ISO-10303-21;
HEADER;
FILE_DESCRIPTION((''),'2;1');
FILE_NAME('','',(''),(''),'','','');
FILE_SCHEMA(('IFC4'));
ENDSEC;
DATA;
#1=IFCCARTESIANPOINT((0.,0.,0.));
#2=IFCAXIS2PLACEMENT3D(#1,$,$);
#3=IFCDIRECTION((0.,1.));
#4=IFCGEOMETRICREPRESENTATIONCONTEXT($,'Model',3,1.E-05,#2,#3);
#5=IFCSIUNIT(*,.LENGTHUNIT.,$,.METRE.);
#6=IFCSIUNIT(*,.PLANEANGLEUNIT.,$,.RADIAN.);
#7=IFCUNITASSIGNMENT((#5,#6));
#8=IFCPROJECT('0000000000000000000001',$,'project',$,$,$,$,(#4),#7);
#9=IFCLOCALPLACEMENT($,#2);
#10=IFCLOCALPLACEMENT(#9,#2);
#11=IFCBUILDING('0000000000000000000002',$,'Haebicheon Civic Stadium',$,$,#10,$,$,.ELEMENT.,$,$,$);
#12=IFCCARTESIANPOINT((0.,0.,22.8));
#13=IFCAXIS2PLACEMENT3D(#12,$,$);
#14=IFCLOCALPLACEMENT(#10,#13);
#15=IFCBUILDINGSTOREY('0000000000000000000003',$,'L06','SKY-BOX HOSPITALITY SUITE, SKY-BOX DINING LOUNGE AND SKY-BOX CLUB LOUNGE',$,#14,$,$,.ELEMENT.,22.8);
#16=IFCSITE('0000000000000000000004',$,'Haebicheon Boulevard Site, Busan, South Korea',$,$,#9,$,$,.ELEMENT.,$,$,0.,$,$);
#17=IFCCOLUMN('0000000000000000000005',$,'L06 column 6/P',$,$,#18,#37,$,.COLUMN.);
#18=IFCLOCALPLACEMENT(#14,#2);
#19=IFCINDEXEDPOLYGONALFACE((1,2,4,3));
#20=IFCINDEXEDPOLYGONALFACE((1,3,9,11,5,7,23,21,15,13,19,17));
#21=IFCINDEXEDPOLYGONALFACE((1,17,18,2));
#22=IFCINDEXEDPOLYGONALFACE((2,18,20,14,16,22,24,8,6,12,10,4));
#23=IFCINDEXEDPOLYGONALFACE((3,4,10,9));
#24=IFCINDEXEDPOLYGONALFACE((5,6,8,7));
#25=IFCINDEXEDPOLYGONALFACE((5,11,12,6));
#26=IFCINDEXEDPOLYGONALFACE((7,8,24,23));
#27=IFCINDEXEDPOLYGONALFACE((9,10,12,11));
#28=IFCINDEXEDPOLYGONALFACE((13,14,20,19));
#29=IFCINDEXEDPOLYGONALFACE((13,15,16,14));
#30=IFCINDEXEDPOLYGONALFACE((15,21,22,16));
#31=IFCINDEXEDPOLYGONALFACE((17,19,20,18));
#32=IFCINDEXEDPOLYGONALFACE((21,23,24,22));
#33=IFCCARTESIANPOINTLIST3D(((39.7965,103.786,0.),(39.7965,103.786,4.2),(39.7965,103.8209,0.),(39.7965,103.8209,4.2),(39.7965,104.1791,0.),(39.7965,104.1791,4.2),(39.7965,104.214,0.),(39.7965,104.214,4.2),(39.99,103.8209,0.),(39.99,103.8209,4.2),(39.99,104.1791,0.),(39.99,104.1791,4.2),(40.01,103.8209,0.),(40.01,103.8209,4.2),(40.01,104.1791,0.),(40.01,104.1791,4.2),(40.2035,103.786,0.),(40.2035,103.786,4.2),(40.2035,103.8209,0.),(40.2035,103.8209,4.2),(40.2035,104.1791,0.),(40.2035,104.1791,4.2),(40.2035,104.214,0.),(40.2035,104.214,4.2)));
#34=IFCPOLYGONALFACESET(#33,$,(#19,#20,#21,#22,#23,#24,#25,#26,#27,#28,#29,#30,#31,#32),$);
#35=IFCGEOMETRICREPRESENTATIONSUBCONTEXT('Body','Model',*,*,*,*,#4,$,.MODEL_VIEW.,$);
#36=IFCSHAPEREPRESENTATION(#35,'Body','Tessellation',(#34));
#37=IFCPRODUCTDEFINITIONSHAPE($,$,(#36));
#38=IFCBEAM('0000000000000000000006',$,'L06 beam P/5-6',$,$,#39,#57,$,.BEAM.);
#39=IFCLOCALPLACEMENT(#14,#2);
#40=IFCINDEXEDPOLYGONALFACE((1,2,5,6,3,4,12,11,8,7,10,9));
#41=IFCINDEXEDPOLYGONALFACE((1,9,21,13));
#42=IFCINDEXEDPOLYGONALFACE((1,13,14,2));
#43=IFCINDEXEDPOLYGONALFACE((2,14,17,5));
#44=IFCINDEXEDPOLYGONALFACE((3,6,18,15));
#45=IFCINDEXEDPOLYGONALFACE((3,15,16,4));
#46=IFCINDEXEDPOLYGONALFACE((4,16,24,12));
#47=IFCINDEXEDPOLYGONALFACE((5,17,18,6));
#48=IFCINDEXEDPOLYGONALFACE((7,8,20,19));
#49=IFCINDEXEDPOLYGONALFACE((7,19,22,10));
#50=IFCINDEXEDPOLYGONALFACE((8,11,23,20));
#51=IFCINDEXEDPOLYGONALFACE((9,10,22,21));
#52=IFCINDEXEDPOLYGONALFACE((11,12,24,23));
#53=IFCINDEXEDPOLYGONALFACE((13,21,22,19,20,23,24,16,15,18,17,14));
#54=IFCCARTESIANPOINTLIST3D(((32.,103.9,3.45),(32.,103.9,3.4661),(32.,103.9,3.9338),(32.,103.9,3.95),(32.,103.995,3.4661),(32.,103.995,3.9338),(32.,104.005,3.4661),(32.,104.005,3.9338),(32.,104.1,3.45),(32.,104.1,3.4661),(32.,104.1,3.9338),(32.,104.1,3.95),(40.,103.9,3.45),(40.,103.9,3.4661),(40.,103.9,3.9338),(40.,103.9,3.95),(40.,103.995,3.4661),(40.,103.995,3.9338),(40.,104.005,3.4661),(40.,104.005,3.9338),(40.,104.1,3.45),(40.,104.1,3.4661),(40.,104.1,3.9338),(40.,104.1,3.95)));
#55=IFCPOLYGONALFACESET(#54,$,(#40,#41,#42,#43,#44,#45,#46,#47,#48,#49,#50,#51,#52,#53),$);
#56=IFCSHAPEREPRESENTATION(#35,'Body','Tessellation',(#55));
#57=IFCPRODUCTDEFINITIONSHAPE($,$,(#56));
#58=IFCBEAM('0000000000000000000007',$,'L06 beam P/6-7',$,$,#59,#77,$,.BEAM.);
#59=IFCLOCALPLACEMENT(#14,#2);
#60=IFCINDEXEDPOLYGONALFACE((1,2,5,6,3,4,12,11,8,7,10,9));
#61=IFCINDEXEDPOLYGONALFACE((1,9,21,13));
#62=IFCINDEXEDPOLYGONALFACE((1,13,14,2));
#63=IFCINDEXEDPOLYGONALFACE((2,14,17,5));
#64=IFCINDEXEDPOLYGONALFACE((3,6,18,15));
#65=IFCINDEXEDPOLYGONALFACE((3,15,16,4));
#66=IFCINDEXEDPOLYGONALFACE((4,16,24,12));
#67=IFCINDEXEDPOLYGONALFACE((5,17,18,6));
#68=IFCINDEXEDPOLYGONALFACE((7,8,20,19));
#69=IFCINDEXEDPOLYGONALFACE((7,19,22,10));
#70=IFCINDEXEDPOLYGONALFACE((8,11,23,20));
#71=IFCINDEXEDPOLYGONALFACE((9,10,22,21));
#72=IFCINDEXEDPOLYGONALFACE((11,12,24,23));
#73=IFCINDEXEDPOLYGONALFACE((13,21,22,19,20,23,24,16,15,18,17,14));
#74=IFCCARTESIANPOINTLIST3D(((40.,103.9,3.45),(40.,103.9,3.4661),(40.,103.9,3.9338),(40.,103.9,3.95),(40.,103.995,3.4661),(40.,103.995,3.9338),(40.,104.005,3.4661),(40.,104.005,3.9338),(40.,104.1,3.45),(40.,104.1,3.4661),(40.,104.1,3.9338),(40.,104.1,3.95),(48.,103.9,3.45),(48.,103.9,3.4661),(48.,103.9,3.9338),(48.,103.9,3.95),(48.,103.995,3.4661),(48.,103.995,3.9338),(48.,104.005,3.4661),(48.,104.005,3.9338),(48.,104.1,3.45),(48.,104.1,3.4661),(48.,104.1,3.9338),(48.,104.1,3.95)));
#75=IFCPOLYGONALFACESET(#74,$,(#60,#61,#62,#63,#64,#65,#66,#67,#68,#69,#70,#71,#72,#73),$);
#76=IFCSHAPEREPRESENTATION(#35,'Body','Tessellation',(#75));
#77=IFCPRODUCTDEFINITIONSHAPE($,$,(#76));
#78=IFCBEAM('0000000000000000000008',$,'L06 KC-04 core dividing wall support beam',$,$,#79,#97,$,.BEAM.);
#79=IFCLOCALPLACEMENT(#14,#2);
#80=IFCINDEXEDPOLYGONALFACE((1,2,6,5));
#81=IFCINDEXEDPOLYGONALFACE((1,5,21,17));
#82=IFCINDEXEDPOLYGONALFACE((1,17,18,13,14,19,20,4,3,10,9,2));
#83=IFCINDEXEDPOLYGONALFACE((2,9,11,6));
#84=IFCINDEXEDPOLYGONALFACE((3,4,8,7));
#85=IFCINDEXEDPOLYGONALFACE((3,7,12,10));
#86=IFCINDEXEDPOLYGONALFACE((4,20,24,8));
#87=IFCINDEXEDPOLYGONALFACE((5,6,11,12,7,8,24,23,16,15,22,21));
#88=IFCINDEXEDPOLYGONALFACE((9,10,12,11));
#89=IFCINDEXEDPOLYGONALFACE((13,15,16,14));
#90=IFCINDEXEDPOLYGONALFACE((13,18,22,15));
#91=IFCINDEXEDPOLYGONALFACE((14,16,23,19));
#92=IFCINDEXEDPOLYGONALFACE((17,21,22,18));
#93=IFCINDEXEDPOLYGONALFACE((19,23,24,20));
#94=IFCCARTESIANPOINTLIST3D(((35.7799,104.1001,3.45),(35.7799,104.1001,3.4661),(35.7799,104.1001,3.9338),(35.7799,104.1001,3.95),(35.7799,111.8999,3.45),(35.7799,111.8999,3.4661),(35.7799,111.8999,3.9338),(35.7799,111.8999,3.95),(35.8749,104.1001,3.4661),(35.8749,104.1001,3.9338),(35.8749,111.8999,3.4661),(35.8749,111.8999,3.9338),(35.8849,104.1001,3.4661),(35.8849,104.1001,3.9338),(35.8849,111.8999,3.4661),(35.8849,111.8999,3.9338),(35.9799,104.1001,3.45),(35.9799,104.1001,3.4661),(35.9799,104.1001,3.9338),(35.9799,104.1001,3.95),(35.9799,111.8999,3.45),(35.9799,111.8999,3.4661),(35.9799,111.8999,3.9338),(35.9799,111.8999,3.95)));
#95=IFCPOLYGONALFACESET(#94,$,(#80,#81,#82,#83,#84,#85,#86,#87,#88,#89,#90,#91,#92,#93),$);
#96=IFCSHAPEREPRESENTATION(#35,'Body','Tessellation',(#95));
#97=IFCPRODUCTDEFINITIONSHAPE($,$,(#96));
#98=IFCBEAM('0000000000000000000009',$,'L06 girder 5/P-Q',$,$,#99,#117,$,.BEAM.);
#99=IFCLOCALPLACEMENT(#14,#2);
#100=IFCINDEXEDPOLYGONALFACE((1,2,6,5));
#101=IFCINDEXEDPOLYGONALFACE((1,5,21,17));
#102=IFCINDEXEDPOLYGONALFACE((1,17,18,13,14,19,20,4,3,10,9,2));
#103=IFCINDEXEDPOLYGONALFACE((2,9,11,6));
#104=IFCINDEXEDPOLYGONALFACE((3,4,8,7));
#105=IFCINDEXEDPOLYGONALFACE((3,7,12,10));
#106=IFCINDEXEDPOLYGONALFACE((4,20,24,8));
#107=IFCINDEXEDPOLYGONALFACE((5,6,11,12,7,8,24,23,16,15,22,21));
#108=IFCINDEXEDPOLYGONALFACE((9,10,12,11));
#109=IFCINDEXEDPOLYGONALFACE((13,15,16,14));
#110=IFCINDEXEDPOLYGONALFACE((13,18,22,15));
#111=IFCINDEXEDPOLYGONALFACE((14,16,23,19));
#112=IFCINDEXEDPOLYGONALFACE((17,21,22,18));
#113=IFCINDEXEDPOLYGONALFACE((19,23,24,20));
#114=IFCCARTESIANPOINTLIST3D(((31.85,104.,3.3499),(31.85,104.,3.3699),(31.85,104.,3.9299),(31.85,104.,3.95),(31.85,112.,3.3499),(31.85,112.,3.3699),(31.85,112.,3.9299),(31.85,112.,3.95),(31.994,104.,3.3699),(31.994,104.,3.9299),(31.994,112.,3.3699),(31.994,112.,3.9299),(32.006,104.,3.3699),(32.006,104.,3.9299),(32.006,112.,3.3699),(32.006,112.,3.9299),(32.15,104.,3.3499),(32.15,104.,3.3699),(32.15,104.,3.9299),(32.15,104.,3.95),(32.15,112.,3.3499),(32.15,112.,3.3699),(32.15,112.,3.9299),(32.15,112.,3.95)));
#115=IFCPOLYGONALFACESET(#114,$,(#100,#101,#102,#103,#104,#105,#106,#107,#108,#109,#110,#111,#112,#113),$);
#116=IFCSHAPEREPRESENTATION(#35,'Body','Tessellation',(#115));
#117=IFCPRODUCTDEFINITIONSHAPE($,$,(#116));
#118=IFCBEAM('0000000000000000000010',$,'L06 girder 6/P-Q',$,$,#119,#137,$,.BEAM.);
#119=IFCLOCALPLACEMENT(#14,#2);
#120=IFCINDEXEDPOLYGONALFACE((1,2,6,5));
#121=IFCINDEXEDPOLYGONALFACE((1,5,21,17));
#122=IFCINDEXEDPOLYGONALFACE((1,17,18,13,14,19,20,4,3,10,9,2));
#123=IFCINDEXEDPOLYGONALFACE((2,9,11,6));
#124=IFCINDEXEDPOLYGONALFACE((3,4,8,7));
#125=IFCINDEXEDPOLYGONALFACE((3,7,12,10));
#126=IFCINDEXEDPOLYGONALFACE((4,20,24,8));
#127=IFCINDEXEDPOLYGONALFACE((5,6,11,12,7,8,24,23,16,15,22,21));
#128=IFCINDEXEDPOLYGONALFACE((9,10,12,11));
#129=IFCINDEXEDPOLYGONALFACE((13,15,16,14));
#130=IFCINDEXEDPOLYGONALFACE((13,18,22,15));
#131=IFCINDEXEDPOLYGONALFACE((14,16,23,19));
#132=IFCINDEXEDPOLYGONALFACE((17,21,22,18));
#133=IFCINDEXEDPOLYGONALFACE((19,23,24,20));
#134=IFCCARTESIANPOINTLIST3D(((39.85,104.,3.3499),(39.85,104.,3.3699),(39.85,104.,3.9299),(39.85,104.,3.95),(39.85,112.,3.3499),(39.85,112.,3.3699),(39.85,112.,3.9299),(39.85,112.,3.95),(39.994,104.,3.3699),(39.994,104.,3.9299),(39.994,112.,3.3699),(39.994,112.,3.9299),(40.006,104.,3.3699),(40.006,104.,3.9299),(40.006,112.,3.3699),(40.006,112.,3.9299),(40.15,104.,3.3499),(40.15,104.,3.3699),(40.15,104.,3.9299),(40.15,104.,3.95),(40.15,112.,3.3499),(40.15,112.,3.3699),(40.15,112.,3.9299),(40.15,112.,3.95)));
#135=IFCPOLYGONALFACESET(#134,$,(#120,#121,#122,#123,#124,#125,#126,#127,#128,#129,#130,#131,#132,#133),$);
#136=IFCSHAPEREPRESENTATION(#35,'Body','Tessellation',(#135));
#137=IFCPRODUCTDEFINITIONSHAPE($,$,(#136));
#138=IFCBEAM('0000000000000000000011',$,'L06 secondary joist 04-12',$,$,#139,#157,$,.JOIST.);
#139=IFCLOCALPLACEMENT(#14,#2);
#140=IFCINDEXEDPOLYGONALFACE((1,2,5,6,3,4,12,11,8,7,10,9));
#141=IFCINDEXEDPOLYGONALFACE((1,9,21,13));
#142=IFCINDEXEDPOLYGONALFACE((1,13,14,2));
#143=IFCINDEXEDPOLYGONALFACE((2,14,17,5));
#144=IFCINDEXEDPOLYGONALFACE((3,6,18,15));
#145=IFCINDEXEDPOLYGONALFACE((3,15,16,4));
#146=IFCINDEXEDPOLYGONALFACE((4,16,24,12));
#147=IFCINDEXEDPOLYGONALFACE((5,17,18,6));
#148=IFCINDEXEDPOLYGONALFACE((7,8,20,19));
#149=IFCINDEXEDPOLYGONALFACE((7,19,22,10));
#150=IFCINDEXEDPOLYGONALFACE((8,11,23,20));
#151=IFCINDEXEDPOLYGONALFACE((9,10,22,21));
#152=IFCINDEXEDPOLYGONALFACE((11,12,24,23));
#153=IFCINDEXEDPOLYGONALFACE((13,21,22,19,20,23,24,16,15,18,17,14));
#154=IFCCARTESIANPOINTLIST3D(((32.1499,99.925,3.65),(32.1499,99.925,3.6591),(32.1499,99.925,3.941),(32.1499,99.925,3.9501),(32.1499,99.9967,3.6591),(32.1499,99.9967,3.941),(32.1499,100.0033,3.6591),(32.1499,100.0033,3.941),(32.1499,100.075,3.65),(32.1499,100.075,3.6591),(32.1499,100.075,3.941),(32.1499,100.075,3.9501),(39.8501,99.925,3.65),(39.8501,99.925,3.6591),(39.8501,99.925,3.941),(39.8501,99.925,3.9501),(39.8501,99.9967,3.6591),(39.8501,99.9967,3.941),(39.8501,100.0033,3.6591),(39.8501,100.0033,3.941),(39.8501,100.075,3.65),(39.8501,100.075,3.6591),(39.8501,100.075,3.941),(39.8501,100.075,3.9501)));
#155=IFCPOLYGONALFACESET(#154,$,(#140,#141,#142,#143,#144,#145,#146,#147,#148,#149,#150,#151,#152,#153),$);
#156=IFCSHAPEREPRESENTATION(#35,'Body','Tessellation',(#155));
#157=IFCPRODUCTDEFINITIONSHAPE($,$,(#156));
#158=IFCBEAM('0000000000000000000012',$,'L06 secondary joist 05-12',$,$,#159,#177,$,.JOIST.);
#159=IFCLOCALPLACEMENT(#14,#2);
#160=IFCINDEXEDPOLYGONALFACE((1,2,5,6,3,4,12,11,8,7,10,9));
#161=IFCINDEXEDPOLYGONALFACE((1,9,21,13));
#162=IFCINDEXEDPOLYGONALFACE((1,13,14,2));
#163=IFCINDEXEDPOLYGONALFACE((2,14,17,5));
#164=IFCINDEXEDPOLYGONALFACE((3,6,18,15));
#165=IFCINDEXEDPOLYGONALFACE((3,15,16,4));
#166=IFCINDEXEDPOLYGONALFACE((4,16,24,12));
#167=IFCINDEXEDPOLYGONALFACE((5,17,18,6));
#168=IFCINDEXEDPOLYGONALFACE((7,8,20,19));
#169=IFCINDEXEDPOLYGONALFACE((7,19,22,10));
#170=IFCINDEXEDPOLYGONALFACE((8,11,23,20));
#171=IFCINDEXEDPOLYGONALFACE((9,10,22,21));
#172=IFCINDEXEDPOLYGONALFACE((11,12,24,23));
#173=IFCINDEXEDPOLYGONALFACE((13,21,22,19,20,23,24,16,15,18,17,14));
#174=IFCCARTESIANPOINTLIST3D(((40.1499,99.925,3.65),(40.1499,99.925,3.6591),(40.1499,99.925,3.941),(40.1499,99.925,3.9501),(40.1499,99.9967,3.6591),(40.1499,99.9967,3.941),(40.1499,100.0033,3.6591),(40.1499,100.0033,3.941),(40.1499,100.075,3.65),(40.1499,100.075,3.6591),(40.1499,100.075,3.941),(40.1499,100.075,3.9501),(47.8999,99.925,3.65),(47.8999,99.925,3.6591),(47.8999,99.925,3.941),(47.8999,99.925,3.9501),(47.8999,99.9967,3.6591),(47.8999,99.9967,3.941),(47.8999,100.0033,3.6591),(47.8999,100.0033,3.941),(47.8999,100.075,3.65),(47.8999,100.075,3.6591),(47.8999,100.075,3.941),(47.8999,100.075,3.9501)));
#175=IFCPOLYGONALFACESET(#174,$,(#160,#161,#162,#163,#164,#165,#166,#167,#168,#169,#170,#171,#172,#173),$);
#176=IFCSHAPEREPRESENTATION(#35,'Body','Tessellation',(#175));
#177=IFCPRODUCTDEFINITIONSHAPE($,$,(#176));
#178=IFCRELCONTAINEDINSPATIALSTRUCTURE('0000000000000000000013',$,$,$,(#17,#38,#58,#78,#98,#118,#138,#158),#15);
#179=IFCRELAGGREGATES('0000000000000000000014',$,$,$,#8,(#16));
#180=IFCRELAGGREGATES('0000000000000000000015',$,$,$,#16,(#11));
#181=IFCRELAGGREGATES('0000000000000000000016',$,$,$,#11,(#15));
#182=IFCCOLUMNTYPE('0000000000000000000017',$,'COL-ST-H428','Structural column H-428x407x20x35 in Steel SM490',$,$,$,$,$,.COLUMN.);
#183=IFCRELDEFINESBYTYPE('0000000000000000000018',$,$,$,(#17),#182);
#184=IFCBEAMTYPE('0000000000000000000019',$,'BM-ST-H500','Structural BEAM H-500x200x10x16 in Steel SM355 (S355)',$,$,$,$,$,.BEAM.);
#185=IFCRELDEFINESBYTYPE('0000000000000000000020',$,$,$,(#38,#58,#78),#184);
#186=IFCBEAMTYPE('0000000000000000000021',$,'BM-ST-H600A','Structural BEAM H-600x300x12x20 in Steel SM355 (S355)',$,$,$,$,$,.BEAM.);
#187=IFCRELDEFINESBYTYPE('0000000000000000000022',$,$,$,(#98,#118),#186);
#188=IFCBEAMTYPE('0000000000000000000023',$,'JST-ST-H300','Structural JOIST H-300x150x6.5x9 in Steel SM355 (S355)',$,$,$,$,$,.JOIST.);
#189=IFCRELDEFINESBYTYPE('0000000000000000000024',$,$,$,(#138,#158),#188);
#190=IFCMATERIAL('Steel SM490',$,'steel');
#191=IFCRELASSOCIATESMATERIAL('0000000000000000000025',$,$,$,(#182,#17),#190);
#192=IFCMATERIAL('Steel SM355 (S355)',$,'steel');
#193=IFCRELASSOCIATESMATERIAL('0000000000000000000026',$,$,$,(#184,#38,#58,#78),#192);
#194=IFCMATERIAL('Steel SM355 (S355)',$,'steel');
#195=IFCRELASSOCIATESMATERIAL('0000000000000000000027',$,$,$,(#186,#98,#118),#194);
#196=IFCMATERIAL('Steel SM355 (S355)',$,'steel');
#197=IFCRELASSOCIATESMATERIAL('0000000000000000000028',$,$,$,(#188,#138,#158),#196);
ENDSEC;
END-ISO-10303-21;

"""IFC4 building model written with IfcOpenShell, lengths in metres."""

from ifc_helpers import new_model, si_unit, direction, frame, origin, origin_2d, place, context, subcontext, project, spatial, i_section, extrude, material, material_profile, profile_set, type_object, element, save


model = new_model("IFC4")

# Units and contexts
model_context = context("Model", 3, precision=1e-05, world=origin(), true_north=direction((0.0, 1.0)))
body_context = subcontext(model_context, "Body", "Model", "MODEL_VIEW")
ifc_project = project(units=[si_unit("LENGTHUNIT", "METRE"), si_unit("PLANEANGLEUNIT", "RADIAN")], contexts=[model_context])

# Site, building, storey
site_placement = place(None, origin())
site = spatial("IfcSite", under=ifc_project, at=site_placement, Name="Haebicheon Boulevard Site, Busan, South Korea", CompositionType="ELEMENT", RefElevation=0.0)
building_placement = place(site_placement, origin())
building = spatial("IfcBuilding", under=site, at=building_placement, Name="Haebicheon Civic Stadium", CompositionType="ELEMENT")
storey_placement = place(building_placement, frame((0.0, 0.0, 22.8)))
storey = spatial("IfcBuildingStorey", under=building, at=storey_placement, Name="L06", Description="SKY-BOX HOSPITALITY SUITE, SKY-BOX DINING LOUNGE AND SKY-BOX CLUB LOUNGE", CompositionType="ELEMENT", Elevation=22.8)

# Column
ifc_material_1 = material(Name="Steel SM490", Category="steel")
ifc_material_profile_1 = material_profile(ifc_material_1, i_section(OverallWidth=0.407, OverallDepth=0.428, WebThickness=0.02, FlangeThickness=0.0349, at=origin_2d()), Name="H-428x407x20x35")
ifc_profile_set_1 = profile_set([ifc_material_profile_1], Name="Steel SM490")
column_type = type_object("IfcColumnType", Name="COL-ST-H428", Description="Structural column H-428x407x20x35 in Steel SM490", PredefinedType="COLUMN", material=ifc_profile_set_1)
column_placement = place(storey_placement, frame((40.0, 104.0, 0.0), z_axis=(0.0, 0.0, 1.0), x_axis=(1.0, 0.0, 0.0)))
element("IfcColumn", 1, at=column_placement, inside=storey, type_object=column_type, material=ifc_profile_set_1, Name="L06 column 6/P", PredefinedType="COLUMN", context=body_context, shape_type="SweptSolid", body=[
    extrude(i_section(OverallWidth=0.407, OverallDepth=0.428, WebThickness=0.02, FlangeThickness=0.0349, at=origin_2d()), origin(), (0.0, 0.0, 1.0), 4.2),
])

# Beams
ifc_material_2 = material(Name="Steel SM355 (S355)", Category="steel")
ifc_material_profile_2 = material_profile(ifc_material_2, i_section(OverallWidth=0.2, OverallDepth=0.5, WebThickness=0.01, FlangeThickness=0.0161, at=origin_2d()), Name="H-500x200x10x16")
ifc_profile_set_2 = profile_set([ifc_material_profile_2], Name="Steel SM355 (S355)")
beam_type_1 = type_object("IfcBeamType", Name="BM-ST-H500", Description="Structural BEAM H-500x200x10x16 in Steel SM355 (S355)", PredefinedType="BEAM", material=ifc_profile_set_2)
for number, where, z_axis, x_axis, name in (
    (2, (32.0, 104.0, 3.7), (1.0, 0.0, 0.0), (0.0, 1.0, 0.0), "L06 beam P/5-6"),
    (3, (40.0, 104.0, 3.7), (1.0, 0.0, 0.0), (0.0, 1.0, 0.0), "L06 beam P/6-7"),
):
    element("IfcBeam", number, at=place(storey_placement, frame(where, z_axis=z_axis, x_axis=x_axis)), inside=storey, type_object=beam_type_1, material=ifc_profile_set_2, Name=name, PredefinedType="BEAM", context=body_context, shape_type="SweptSolid", body=[
        extrude(i_section(OverallWidth=0.2, OverallDepth=0.5, WebThickness=0.01, FlangeThickness=0.0161, at=origin_2d()), origin(), (0.0, 0.0, 1.0), 8.0),
    ])
beam_1_placement = place(storey_placement, frame((35.8799, 104.1001, 3.7), z_axis=(0.0, 1.0, 0.0), x_axis=(-1.0, 0.0, 0.0)))
element("IfcBeam", 4, at=beam_1_placement, inside=storey, type_object=beam_type_1, material=ifc_profile_set_2, Name="L06 KC-04 core dividing wall support beam", PredefinedType="BEAM", context=body_context, shape_type="SweptSolid", body=[
    extrude(i_section(OverallWidth=0.2, OverallDepth=0.5, WebThickness=0.01, FlangeThickness=0.0161, at=origin_2d()), origin(), (0.0, 0.0, 1.0), 7.7998),
])
ifc_material_3 = material(Name="Steel SM355 (S355)", Category="steel")
ifc_material_profile_3 = material_profile(ifc_material_3, i_section(OverallWidth=0.3, OverallDepth=0.6001, WebThickness=0.012, FlangeThickness=0.02, at=origin_2d()), Name="H-600x300x12x20")
ifc_profile_set_3 = profile_set([ifc_material_profile_3], Name="Steel SM355 (S355)")
beam_type_2 = type_object("IfcBeamType", Name="BM-ST-H600A", Description="Structural BEAM H-600x300x12x20 in Steel SM355 (S355)", PredefinedType="BEAM", material=ifc_profile_set_3)
for number, where, z_axis, x_axis, name in (
    (5, (32.0, 104.0, 3.6499), (0.0, 1.0, 0.0), (-1.0, 0.0, 0.0), "L06 girder 5/P-Q"),
    (6, (40.0, 104.0, 3.6499), (0.0, 1.0, 0.0), (-1.0, 0.0, 0.0), "L06 girder 6/P-Q"),
):
    element("IfcBeam", number, at=place(storey_placement, frame(where, z_axis=z_axis, x_axis=x_axis)), inside=storey, type_object=beam_type_2, material=ifc_profile_set_3, Name=name, PredefinedType="BEAM", context=body_context, shape_type="SweptSolid", body=[
        extrude(i_section(OverallWidth=0.3, OverallDepth=0.6001, WebThickness=0.012, FlangeThickness=0.02, at=origin_2d()), origin(), (0.0, 0.0, 1.0), 8.0),
    ])
ifc_material_4 = material(Name="Steel SM355 (S355)", Category="steel")
ifc_material_profile_4 = material_profile(ifc_material_4, i_section(OverallWidth=0.1499, OverallDepth=0.3, WebThickness=0.0066, FlangeThickness=0.009, at=origin_2d()), Name="H-300x150x6.5x9")
ifc_profile_set_4 = profile_set([ifc_material_profile_4], Name="Steel SM355 (S355)")
beam_type_3 = type_object("IfcBeamType", Name="JST-ST-H300", Description="Structural JOIST H-300x150x6.5x9 in Steel SM355 (S355)", PredefinedType="JOIST", material=ifc_profile_set_4)
beam_2_placement = place(storey_placement, frame((32.1499, 100.0, 3.8), z_axis=(1.0, 0.0, 0.0), x_axis=(0.0, 1.0, 0.0)))
element("IfcBeam", 7, at=beam_2_placement, inside=storey, type_object=beam_type_3, material=ifc_profile_set_4, Name="L06 secondary joist 04-12", PredefinedType="JOIST", context=body_context, shape_type="SweptSolid", body=[
    extrude(i_section(OverallWidth=0.1499, OverallDepth=0.3, WebThickness=0.0066, FlangeThickness=0.009, at=origin_2d()), origin(), (0.0, 0.0, 1.0), 7.7002),
])
beam_3_placement = place(storey_placement, frame((40.1499, 100.0, 3.8), z_axis=(1.0, 0.0, 0.0), x_axis=(0.0, 1.0, 0.0)))
element("IfcBeam", 8, at=beam_3_placement, inside=storey, type_object=beam_type_3, material=ifc_profile_set_4, Name="L06 secondary joist 05-12", PredefinedType="JOIST", context=body_context, shape_type="SweptSolid", body=[
    extrude(i_section(OverallWidth=0.1499, OverallDepth=0.3, WebThickness=0.0066, FlangeThickness=0.009, at=origin_2d()), origin(), (0.0, 0.0, 1.0), 7.75),
])

save(model, "model.ifc")
